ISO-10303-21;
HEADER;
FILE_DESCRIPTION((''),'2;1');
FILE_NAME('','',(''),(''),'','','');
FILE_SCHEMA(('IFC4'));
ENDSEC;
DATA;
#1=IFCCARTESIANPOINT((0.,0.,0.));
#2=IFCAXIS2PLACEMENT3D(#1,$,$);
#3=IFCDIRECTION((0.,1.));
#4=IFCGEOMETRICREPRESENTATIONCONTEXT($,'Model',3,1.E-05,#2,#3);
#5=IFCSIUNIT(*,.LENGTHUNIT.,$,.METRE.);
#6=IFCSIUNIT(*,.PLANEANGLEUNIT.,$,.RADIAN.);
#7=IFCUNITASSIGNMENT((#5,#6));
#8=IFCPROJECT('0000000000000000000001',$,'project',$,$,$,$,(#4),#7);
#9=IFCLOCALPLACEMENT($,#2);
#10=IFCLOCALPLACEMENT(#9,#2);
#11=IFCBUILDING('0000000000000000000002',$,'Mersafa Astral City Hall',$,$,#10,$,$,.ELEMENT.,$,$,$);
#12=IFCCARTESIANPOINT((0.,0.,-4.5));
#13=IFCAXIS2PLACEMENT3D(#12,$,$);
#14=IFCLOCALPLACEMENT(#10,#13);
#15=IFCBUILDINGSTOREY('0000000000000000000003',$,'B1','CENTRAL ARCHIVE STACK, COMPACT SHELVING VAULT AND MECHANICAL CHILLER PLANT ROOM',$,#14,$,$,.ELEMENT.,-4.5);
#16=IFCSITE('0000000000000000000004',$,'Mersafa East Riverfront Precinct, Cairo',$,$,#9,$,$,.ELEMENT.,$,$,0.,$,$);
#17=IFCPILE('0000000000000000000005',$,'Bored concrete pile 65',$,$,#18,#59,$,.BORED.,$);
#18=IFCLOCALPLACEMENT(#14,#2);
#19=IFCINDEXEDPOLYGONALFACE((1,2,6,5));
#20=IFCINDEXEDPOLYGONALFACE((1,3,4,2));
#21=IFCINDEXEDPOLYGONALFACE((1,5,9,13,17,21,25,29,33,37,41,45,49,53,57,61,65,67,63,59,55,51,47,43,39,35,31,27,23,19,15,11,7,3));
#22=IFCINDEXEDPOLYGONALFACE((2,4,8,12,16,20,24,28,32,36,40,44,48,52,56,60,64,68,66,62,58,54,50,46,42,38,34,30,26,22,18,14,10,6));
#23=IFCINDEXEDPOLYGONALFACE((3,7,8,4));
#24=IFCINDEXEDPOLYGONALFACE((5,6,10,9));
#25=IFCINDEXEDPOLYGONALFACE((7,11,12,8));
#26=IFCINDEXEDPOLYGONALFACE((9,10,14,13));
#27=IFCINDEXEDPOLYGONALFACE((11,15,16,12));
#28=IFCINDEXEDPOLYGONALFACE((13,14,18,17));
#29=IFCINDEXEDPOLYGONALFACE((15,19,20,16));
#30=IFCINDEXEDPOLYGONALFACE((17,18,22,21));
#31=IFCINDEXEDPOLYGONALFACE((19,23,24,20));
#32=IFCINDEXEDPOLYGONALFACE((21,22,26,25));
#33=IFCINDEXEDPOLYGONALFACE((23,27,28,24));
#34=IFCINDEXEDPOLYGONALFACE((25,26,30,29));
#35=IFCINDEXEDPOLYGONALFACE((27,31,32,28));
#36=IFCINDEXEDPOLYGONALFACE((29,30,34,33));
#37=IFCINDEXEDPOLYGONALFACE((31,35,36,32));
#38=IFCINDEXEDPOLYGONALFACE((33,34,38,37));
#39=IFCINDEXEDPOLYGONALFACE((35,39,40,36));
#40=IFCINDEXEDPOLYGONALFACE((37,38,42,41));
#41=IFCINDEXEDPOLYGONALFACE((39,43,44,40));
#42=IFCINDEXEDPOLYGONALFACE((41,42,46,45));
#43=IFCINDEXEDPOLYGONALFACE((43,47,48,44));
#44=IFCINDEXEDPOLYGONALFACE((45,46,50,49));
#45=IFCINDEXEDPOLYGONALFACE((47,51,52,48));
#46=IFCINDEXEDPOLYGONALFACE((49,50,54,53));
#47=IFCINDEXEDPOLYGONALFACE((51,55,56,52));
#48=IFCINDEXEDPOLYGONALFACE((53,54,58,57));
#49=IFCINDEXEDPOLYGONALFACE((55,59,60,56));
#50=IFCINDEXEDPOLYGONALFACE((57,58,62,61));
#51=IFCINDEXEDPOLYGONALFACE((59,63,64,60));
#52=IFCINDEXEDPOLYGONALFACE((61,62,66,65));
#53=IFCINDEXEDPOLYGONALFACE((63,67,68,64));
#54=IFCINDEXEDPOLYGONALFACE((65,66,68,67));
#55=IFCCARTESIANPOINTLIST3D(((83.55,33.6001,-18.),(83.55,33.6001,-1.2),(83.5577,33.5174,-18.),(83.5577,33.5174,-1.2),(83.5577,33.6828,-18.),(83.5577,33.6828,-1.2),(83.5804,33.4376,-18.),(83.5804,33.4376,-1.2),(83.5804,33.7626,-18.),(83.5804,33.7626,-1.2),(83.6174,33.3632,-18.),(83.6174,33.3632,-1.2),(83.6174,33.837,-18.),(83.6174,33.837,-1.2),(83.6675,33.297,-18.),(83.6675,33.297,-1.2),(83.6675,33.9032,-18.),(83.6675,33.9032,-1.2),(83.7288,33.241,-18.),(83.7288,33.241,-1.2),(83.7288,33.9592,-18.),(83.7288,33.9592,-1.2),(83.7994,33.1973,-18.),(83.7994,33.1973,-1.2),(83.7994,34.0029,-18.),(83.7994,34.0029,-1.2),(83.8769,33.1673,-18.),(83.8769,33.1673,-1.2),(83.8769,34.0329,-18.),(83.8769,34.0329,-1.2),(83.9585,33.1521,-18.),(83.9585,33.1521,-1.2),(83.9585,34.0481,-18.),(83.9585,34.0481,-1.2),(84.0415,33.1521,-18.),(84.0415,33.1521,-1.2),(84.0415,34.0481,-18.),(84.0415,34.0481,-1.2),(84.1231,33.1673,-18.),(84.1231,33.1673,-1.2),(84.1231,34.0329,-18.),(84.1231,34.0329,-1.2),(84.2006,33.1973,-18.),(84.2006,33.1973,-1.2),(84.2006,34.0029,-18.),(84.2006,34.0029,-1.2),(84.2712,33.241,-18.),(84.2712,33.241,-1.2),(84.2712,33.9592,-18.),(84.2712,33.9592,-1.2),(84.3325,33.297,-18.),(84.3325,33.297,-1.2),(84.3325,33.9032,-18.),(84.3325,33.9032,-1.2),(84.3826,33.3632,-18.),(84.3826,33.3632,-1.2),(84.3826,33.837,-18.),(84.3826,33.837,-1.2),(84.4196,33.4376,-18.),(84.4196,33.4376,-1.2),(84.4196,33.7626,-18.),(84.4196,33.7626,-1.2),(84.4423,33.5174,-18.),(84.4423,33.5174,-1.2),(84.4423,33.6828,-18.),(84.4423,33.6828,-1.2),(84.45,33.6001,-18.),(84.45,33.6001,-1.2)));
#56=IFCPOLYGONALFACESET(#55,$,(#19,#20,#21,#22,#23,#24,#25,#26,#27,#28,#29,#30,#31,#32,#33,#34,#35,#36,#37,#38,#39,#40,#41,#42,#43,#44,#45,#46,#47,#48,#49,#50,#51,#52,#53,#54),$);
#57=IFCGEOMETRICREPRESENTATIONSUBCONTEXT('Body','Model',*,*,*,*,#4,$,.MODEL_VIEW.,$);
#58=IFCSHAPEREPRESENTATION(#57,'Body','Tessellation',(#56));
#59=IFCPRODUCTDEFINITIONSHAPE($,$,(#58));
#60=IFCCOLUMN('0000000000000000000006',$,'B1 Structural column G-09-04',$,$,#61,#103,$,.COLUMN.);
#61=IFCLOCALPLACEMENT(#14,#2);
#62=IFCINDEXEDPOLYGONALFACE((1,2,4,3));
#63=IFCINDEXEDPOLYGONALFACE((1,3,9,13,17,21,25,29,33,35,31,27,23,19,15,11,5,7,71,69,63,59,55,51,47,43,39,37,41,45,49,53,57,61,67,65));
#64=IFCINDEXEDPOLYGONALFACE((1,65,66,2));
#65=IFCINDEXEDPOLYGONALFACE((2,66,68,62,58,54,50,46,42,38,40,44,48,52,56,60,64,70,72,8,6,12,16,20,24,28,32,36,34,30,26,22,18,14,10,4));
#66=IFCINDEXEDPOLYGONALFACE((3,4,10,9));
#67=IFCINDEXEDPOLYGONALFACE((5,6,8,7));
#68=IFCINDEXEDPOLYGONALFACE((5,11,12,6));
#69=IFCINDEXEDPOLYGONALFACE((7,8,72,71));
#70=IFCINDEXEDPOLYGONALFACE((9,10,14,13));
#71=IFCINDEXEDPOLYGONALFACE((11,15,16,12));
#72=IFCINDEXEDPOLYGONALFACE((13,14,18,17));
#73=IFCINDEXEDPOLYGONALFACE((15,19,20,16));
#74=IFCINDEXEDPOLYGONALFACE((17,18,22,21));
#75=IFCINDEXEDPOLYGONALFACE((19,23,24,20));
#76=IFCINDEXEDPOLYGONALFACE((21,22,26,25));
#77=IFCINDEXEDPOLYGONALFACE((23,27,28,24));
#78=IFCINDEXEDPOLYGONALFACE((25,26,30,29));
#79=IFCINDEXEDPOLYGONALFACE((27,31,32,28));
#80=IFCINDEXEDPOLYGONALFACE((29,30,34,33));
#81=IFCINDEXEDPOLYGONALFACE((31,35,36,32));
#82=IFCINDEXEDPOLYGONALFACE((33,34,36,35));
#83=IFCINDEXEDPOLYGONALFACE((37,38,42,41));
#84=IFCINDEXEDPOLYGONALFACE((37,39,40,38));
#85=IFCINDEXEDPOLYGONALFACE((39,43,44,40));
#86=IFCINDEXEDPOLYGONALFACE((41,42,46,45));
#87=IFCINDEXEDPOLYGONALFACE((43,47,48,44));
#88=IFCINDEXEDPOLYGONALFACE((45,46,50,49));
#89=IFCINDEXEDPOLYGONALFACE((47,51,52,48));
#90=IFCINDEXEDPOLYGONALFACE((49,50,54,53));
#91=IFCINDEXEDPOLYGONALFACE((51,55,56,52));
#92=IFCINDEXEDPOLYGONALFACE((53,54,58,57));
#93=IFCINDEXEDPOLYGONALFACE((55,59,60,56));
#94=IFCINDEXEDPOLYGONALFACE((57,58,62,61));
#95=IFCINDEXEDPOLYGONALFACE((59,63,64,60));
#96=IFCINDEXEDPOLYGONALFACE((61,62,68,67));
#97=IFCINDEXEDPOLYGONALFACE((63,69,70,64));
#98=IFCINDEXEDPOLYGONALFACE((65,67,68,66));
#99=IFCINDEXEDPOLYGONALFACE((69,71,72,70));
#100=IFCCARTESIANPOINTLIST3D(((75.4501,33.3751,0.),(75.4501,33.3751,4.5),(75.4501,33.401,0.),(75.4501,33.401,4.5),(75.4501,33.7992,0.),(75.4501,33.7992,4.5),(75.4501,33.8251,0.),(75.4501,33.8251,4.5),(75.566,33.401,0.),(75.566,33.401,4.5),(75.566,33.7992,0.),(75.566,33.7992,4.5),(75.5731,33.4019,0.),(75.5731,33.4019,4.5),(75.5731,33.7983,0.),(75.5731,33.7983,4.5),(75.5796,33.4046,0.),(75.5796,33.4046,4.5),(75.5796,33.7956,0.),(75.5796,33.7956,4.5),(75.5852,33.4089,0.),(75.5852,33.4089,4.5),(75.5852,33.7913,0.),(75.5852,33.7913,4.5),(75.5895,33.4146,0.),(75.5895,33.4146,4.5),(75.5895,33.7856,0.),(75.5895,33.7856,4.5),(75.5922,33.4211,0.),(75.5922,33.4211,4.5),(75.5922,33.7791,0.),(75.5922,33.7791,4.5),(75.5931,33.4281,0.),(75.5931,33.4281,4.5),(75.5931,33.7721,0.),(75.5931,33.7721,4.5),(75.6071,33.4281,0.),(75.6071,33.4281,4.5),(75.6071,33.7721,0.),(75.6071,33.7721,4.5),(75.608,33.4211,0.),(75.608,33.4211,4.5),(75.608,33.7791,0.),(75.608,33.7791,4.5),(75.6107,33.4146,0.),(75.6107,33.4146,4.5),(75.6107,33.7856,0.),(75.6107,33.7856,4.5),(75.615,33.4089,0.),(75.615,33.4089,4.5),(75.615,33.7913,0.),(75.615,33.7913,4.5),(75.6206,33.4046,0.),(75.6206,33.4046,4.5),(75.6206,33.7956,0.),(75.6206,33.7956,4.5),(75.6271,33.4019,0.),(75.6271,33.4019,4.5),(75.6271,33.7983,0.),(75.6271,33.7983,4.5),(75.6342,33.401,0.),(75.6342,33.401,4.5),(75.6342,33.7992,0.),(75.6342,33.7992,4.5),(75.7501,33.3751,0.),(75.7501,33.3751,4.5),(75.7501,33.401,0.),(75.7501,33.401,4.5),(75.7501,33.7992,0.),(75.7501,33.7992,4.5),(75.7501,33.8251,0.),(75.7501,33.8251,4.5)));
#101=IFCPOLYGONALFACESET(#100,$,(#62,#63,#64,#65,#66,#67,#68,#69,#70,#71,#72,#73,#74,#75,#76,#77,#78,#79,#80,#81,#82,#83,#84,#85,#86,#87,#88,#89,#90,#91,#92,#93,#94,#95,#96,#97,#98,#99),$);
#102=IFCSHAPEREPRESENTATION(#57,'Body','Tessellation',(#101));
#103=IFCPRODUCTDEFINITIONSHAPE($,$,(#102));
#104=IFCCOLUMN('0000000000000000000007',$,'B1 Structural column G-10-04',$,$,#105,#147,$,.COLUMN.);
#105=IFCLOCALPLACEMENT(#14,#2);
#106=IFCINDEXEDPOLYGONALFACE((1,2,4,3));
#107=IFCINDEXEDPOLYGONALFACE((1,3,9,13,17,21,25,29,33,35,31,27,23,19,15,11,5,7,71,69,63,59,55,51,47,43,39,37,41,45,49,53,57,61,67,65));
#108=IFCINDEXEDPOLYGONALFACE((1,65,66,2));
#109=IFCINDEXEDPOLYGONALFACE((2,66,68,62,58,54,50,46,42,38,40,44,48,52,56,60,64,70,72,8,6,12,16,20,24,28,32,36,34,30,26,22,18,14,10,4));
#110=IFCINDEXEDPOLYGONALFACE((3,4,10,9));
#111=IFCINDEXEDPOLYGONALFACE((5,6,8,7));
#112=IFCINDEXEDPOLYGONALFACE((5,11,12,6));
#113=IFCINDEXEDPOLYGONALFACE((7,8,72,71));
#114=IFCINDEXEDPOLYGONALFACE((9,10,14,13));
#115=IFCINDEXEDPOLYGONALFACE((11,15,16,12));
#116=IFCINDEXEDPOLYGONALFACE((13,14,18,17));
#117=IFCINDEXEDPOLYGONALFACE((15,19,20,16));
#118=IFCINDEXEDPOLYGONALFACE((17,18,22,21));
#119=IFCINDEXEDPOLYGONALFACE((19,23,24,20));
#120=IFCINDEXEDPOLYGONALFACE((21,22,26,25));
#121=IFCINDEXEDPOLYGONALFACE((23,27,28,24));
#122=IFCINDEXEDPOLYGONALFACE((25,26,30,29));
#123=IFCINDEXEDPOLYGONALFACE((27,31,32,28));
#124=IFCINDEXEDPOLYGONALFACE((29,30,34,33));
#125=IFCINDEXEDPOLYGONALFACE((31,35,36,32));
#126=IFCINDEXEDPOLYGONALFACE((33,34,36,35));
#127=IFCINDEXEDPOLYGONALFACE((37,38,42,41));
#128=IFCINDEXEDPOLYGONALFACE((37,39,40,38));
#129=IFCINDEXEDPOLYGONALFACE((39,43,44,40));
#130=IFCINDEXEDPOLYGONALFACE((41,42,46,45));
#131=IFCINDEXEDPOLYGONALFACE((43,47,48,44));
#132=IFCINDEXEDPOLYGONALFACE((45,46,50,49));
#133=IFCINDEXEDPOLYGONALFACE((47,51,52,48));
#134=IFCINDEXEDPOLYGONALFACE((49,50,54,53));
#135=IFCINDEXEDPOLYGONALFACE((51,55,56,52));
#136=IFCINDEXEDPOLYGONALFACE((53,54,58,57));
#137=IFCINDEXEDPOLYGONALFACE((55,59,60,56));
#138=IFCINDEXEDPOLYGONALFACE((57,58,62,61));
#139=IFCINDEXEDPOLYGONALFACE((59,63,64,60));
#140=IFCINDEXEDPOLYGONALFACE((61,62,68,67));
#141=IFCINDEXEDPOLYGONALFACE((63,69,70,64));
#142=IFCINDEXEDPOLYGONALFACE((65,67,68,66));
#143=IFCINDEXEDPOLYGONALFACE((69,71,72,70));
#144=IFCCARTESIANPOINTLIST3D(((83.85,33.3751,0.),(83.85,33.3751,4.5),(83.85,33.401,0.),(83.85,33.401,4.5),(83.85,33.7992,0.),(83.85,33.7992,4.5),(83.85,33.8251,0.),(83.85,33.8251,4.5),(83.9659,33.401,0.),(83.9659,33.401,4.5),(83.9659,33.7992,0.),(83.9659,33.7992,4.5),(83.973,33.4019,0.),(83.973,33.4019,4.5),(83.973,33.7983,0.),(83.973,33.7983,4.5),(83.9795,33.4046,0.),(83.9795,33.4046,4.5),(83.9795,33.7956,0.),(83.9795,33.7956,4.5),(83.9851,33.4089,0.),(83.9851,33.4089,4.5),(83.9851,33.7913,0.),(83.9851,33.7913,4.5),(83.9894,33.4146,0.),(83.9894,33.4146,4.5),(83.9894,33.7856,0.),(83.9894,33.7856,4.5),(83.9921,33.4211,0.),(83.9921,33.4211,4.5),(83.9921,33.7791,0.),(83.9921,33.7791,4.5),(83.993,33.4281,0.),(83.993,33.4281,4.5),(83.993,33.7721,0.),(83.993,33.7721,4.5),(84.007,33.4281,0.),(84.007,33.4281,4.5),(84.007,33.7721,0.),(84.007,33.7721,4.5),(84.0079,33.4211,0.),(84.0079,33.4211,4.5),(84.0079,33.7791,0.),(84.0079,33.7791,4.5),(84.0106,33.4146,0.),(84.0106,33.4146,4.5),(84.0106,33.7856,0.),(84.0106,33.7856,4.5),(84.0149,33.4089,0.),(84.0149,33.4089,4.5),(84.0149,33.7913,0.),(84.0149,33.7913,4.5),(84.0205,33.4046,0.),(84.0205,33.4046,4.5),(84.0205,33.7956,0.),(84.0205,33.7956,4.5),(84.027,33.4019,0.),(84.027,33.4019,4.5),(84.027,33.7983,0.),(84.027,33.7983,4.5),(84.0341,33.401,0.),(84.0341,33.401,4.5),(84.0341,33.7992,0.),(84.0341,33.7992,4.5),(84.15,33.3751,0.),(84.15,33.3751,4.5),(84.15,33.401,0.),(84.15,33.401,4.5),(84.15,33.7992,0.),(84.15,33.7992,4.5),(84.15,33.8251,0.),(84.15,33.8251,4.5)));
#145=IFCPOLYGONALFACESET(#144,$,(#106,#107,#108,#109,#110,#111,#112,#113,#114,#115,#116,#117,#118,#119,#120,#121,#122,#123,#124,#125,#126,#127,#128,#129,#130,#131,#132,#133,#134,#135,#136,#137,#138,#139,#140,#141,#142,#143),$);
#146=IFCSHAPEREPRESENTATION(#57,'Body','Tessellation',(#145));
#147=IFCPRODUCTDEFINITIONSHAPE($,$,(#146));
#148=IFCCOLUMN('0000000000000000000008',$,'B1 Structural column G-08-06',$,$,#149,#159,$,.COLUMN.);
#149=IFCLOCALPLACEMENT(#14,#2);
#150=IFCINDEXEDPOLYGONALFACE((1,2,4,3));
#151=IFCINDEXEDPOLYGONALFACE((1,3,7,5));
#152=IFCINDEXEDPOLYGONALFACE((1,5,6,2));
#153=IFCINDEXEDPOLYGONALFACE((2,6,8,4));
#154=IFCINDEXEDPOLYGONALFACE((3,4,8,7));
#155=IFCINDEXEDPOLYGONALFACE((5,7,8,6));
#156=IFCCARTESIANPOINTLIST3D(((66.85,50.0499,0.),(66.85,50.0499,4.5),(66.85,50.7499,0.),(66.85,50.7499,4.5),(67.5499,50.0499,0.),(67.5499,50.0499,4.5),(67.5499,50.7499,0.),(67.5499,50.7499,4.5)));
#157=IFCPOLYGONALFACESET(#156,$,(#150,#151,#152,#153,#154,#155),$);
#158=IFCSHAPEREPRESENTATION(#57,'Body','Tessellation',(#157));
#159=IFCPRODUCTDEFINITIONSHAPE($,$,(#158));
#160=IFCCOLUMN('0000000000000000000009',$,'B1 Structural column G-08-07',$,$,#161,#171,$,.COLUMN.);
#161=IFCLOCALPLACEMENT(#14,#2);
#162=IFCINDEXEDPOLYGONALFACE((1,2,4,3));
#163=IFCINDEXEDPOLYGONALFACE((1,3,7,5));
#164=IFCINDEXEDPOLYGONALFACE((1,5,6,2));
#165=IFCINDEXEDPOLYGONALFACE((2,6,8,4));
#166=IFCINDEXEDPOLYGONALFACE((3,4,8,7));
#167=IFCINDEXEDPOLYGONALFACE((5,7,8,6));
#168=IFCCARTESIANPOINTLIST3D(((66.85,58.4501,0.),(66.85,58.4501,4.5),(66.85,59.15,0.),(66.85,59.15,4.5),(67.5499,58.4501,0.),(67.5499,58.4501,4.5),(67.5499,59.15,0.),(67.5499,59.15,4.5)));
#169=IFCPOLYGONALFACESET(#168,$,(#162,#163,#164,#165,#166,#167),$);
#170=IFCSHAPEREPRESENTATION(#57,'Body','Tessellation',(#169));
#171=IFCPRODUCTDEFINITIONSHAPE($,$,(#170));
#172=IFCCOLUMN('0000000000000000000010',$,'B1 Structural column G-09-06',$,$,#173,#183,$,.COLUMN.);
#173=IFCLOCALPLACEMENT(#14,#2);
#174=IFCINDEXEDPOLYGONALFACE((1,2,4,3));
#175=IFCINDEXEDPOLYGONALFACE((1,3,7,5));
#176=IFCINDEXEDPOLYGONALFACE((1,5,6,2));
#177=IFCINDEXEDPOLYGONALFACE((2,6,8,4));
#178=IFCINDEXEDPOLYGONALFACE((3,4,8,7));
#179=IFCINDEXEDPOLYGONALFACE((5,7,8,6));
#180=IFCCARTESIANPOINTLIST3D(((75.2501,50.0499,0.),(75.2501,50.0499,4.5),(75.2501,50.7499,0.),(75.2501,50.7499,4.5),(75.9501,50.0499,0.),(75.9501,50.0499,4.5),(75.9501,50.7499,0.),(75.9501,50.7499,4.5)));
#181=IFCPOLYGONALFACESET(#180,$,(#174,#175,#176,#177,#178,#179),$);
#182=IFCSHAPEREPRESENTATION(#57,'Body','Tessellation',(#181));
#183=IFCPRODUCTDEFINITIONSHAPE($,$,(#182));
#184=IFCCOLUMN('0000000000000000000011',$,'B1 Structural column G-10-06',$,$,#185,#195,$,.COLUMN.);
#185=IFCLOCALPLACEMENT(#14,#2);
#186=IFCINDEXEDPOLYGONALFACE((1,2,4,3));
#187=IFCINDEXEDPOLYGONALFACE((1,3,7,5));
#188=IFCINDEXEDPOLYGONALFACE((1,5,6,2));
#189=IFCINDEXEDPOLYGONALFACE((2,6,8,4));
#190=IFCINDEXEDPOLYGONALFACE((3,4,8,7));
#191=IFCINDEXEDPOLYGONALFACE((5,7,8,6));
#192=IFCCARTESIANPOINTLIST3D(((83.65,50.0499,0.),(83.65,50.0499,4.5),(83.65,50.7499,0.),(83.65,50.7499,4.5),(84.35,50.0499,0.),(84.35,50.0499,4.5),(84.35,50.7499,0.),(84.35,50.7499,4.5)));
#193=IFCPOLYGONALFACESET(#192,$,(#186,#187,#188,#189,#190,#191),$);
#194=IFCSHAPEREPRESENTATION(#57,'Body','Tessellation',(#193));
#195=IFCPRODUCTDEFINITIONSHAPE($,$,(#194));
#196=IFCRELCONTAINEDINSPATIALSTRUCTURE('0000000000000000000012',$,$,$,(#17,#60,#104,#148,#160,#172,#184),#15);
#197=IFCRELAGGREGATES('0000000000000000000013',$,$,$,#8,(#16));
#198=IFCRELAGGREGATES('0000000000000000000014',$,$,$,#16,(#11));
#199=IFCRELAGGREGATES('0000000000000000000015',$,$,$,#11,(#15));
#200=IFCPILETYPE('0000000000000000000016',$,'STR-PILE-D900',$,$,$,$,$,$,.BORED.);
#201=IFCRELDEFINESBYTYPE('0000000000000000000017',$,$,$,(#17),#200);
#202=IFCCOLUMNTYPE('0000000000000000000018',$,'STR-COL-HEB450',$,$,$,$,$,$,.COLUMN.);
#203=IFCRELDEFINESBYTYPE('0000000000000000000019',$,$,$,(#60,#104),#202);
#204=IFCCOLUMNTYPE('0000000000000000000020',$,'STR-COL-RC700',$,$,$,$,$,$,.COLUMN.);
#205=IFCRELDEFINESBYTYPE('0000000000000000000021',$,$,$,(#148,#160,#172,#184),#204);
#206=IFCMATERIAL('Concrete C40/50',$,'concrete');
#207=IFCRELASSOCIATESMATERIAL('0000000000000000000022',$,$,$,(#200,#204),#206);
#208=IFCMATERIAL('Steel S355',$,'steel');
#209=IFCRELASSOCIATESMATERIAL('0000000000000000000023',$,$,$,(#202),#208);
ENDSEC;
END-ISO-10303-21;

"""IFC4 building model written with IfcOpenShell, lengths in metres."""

from ifc_helpers import new_model, si_unit, direction, frame, origin, origin_2d, place, context, subcontext, project, spatial, rectangle, circle, i_section, extrude, material, material_profile, profile_set, type_object, element, save


model = new_model("IFC4")

# Units and contexts
model_context = context("Model", 3, precision=1e-05, world=origin(), true_north=direction((0.0, 1.0)))
body_context = subcontext(model_context, "Body", "Model", "MODEL_VIEW")
ifc_project = project(units=[si_unit("LENGTHUNIT", "METRE"), si_unit("PLANEANGLEUNIT", "RADIAN")], contexts=[model_context])

# Site, building, storey
site_placement = place(None, origin())
site = spatial("IfcSite", under=ifc_project, at=site_placement, Name="Mersafa East Riverfront Precinct, Cairo", CompositionType="ELEMENT", RefElevation=0.0)
building_placement = place(site_placement, origin())
building = spatial("IfcBuilding", under=site, at=building_placement, Name="Mersafa Astral City Hall", CompositionType="ELEMENT")
storey_placement = place(building_placement, frame((0.0, 0.0, -4.5)))
storey = spatial("IfcBuildingStorey", under=building, at=storey_placement, Name="B1", Description="CENTRAL ARCHIVE STACK, COMPACT SHELVING VAULT AND MECHANICAL CHILLER PLANT ROOM", CompositionType="ELEMENT", Elevation=-4.5)

# Shared definitions
ifc_material_1 = material(Name="Concrete C40/50", Category="concrete")

# Pile
ifc_material_profile_1 = material_profile(ifc_material_1, circle(Radius=0.45, at=origin_2d()), Name="PILE D900")
ifc_profile_set_1 = profile_set([ifc_material_profile_1], Name="Concrete C40/50")
pile_type_1 = type_object("IfcPileType", Name="STR-PILE-D900", PredefinedType="BORED", material=ifc_profile_set_1)
for number, where, z_axis, x_axis, name in (
    (1, (84.0, 33.6001, -1.2), (0.0, 0.0, -1.0), (1.0, 0.0, 0.0), "Bored concrete pile 65"),
):
    element("IfcPile", number, at=place(storey_placement, frame(where, z_axis=z_axis, x_axis=x_axis)), inside=storey, type_object=pile_type_1, Name=name, PredefinedType="BORED", context=body_context, shape_type="SweptSolid", body=[
        extrude(circle(Radius=0.45, at=origin_2d()), origin(), (0.0, 0.0, 1.0), 16.8),
    ])

# Columns
ifc_material_2 = material(Name="Steel S355", Category="steel")
ifc_material_profile_2 = material_profile(ifc_material_2, i_section(OverallWidth=0.3, OverallDepth=0.45, WebThickness=0.0139, FlangeThickness=0.0259, FilletRadius=0.0271, at=origin_2d()), Name="HEB 450")
ifc_profile_set_2 = profile_set([ifc_material_profile_2], Name="Steel S355")
column_type_1 = type_object("IfcColumnType", Name="STR-COL-HEB450", PredefinedType="COLUMN", material=ifc_profile_set_2)
for number, where, z_axis, x_axis, name in (
    (2, (75.6001, 33.6001, 0.0), (0.0, 0.0, 1.0), (1.0, 0.0, 0.0), "B1 Structural column G-09-04"),
    (3, (84.0, 33.6001, 0.0), (0.0, 0.0, 1.0), (1.0, 0.0, 0.0), "B1 Structural column G-10-04"),
):
    element("IfcColumn", number, at=place(storey_placement, frame(where, z_axis=z_axis, x_axis=x_axis)), inside=storey, type_object=column_type_1, Name=name, PredefinedType="COLUMN", context=body_context, shape_type="SweptSolid", body=[
        extrude(i_section(OverallWidth=0.3, OverallDepth=0.45, WebThickness=0.0139, FlangeThickness=0.0259, FilletRadius=0.0271, at=origin_2d()), origin(), (0.0, 0.0, 1.0), 4.5),
    ])
ifc_material_profile_3 = material_profile(ifc_material_1, rectangle(XDim=0.7, YDim=0.7, at=origin_2d()), Name="RC 700x700")
ifc_profile_set_3 = profile_set([ifc_material_profile_3], Name="Concrete C40/50")
column_type_2 = type_object("IfcColumnType", Name="STR-COL-RC700", PredefinedType="COLUMN", material=ifc_profile_set_3)
for number, where, z_axis, x_axis, name in (
    (4, (67.2, 50.3999, 0.0), (0.0, 0.0, 1.0), (1.0, 0.0, 0.0), "B1 Structural column G-08-06"),
    (5, (67.2, 58.8, 0.0), (0.0, 0.0, 1.0), (1.0, 0.0, 0.0), "B1 Structural column G-08-07"),
    (6, (75.6001, 50.3999, 0.0), (0.0, 0.0, 1.0), (1.0, 0.0, 0.0), "B1 Structural column G-09-06"),
    (7, (84.0, 50.3999, 0.0), (0.0, 0.0, 1.0), (1.0, 0.0, 0.0), "B1 Structural column G-10-06"),
):
    element("IfcColumn", number, at=place(storey_placement, frame(where, z_axis=z_axis, x_axis=x_axis)), inside=storey, type_object=column_type_2, Name=name, PredefinedType="COLUMN", context=body_context, shape_type="SweptSolid", body=[
        extrude(rectangle(XDim=0.7, YDim=0.7, at=origin_2d()), origin(), (0.0, 0.0, 1.0), 4.5),
    ])

save(model, "model.ifc")
